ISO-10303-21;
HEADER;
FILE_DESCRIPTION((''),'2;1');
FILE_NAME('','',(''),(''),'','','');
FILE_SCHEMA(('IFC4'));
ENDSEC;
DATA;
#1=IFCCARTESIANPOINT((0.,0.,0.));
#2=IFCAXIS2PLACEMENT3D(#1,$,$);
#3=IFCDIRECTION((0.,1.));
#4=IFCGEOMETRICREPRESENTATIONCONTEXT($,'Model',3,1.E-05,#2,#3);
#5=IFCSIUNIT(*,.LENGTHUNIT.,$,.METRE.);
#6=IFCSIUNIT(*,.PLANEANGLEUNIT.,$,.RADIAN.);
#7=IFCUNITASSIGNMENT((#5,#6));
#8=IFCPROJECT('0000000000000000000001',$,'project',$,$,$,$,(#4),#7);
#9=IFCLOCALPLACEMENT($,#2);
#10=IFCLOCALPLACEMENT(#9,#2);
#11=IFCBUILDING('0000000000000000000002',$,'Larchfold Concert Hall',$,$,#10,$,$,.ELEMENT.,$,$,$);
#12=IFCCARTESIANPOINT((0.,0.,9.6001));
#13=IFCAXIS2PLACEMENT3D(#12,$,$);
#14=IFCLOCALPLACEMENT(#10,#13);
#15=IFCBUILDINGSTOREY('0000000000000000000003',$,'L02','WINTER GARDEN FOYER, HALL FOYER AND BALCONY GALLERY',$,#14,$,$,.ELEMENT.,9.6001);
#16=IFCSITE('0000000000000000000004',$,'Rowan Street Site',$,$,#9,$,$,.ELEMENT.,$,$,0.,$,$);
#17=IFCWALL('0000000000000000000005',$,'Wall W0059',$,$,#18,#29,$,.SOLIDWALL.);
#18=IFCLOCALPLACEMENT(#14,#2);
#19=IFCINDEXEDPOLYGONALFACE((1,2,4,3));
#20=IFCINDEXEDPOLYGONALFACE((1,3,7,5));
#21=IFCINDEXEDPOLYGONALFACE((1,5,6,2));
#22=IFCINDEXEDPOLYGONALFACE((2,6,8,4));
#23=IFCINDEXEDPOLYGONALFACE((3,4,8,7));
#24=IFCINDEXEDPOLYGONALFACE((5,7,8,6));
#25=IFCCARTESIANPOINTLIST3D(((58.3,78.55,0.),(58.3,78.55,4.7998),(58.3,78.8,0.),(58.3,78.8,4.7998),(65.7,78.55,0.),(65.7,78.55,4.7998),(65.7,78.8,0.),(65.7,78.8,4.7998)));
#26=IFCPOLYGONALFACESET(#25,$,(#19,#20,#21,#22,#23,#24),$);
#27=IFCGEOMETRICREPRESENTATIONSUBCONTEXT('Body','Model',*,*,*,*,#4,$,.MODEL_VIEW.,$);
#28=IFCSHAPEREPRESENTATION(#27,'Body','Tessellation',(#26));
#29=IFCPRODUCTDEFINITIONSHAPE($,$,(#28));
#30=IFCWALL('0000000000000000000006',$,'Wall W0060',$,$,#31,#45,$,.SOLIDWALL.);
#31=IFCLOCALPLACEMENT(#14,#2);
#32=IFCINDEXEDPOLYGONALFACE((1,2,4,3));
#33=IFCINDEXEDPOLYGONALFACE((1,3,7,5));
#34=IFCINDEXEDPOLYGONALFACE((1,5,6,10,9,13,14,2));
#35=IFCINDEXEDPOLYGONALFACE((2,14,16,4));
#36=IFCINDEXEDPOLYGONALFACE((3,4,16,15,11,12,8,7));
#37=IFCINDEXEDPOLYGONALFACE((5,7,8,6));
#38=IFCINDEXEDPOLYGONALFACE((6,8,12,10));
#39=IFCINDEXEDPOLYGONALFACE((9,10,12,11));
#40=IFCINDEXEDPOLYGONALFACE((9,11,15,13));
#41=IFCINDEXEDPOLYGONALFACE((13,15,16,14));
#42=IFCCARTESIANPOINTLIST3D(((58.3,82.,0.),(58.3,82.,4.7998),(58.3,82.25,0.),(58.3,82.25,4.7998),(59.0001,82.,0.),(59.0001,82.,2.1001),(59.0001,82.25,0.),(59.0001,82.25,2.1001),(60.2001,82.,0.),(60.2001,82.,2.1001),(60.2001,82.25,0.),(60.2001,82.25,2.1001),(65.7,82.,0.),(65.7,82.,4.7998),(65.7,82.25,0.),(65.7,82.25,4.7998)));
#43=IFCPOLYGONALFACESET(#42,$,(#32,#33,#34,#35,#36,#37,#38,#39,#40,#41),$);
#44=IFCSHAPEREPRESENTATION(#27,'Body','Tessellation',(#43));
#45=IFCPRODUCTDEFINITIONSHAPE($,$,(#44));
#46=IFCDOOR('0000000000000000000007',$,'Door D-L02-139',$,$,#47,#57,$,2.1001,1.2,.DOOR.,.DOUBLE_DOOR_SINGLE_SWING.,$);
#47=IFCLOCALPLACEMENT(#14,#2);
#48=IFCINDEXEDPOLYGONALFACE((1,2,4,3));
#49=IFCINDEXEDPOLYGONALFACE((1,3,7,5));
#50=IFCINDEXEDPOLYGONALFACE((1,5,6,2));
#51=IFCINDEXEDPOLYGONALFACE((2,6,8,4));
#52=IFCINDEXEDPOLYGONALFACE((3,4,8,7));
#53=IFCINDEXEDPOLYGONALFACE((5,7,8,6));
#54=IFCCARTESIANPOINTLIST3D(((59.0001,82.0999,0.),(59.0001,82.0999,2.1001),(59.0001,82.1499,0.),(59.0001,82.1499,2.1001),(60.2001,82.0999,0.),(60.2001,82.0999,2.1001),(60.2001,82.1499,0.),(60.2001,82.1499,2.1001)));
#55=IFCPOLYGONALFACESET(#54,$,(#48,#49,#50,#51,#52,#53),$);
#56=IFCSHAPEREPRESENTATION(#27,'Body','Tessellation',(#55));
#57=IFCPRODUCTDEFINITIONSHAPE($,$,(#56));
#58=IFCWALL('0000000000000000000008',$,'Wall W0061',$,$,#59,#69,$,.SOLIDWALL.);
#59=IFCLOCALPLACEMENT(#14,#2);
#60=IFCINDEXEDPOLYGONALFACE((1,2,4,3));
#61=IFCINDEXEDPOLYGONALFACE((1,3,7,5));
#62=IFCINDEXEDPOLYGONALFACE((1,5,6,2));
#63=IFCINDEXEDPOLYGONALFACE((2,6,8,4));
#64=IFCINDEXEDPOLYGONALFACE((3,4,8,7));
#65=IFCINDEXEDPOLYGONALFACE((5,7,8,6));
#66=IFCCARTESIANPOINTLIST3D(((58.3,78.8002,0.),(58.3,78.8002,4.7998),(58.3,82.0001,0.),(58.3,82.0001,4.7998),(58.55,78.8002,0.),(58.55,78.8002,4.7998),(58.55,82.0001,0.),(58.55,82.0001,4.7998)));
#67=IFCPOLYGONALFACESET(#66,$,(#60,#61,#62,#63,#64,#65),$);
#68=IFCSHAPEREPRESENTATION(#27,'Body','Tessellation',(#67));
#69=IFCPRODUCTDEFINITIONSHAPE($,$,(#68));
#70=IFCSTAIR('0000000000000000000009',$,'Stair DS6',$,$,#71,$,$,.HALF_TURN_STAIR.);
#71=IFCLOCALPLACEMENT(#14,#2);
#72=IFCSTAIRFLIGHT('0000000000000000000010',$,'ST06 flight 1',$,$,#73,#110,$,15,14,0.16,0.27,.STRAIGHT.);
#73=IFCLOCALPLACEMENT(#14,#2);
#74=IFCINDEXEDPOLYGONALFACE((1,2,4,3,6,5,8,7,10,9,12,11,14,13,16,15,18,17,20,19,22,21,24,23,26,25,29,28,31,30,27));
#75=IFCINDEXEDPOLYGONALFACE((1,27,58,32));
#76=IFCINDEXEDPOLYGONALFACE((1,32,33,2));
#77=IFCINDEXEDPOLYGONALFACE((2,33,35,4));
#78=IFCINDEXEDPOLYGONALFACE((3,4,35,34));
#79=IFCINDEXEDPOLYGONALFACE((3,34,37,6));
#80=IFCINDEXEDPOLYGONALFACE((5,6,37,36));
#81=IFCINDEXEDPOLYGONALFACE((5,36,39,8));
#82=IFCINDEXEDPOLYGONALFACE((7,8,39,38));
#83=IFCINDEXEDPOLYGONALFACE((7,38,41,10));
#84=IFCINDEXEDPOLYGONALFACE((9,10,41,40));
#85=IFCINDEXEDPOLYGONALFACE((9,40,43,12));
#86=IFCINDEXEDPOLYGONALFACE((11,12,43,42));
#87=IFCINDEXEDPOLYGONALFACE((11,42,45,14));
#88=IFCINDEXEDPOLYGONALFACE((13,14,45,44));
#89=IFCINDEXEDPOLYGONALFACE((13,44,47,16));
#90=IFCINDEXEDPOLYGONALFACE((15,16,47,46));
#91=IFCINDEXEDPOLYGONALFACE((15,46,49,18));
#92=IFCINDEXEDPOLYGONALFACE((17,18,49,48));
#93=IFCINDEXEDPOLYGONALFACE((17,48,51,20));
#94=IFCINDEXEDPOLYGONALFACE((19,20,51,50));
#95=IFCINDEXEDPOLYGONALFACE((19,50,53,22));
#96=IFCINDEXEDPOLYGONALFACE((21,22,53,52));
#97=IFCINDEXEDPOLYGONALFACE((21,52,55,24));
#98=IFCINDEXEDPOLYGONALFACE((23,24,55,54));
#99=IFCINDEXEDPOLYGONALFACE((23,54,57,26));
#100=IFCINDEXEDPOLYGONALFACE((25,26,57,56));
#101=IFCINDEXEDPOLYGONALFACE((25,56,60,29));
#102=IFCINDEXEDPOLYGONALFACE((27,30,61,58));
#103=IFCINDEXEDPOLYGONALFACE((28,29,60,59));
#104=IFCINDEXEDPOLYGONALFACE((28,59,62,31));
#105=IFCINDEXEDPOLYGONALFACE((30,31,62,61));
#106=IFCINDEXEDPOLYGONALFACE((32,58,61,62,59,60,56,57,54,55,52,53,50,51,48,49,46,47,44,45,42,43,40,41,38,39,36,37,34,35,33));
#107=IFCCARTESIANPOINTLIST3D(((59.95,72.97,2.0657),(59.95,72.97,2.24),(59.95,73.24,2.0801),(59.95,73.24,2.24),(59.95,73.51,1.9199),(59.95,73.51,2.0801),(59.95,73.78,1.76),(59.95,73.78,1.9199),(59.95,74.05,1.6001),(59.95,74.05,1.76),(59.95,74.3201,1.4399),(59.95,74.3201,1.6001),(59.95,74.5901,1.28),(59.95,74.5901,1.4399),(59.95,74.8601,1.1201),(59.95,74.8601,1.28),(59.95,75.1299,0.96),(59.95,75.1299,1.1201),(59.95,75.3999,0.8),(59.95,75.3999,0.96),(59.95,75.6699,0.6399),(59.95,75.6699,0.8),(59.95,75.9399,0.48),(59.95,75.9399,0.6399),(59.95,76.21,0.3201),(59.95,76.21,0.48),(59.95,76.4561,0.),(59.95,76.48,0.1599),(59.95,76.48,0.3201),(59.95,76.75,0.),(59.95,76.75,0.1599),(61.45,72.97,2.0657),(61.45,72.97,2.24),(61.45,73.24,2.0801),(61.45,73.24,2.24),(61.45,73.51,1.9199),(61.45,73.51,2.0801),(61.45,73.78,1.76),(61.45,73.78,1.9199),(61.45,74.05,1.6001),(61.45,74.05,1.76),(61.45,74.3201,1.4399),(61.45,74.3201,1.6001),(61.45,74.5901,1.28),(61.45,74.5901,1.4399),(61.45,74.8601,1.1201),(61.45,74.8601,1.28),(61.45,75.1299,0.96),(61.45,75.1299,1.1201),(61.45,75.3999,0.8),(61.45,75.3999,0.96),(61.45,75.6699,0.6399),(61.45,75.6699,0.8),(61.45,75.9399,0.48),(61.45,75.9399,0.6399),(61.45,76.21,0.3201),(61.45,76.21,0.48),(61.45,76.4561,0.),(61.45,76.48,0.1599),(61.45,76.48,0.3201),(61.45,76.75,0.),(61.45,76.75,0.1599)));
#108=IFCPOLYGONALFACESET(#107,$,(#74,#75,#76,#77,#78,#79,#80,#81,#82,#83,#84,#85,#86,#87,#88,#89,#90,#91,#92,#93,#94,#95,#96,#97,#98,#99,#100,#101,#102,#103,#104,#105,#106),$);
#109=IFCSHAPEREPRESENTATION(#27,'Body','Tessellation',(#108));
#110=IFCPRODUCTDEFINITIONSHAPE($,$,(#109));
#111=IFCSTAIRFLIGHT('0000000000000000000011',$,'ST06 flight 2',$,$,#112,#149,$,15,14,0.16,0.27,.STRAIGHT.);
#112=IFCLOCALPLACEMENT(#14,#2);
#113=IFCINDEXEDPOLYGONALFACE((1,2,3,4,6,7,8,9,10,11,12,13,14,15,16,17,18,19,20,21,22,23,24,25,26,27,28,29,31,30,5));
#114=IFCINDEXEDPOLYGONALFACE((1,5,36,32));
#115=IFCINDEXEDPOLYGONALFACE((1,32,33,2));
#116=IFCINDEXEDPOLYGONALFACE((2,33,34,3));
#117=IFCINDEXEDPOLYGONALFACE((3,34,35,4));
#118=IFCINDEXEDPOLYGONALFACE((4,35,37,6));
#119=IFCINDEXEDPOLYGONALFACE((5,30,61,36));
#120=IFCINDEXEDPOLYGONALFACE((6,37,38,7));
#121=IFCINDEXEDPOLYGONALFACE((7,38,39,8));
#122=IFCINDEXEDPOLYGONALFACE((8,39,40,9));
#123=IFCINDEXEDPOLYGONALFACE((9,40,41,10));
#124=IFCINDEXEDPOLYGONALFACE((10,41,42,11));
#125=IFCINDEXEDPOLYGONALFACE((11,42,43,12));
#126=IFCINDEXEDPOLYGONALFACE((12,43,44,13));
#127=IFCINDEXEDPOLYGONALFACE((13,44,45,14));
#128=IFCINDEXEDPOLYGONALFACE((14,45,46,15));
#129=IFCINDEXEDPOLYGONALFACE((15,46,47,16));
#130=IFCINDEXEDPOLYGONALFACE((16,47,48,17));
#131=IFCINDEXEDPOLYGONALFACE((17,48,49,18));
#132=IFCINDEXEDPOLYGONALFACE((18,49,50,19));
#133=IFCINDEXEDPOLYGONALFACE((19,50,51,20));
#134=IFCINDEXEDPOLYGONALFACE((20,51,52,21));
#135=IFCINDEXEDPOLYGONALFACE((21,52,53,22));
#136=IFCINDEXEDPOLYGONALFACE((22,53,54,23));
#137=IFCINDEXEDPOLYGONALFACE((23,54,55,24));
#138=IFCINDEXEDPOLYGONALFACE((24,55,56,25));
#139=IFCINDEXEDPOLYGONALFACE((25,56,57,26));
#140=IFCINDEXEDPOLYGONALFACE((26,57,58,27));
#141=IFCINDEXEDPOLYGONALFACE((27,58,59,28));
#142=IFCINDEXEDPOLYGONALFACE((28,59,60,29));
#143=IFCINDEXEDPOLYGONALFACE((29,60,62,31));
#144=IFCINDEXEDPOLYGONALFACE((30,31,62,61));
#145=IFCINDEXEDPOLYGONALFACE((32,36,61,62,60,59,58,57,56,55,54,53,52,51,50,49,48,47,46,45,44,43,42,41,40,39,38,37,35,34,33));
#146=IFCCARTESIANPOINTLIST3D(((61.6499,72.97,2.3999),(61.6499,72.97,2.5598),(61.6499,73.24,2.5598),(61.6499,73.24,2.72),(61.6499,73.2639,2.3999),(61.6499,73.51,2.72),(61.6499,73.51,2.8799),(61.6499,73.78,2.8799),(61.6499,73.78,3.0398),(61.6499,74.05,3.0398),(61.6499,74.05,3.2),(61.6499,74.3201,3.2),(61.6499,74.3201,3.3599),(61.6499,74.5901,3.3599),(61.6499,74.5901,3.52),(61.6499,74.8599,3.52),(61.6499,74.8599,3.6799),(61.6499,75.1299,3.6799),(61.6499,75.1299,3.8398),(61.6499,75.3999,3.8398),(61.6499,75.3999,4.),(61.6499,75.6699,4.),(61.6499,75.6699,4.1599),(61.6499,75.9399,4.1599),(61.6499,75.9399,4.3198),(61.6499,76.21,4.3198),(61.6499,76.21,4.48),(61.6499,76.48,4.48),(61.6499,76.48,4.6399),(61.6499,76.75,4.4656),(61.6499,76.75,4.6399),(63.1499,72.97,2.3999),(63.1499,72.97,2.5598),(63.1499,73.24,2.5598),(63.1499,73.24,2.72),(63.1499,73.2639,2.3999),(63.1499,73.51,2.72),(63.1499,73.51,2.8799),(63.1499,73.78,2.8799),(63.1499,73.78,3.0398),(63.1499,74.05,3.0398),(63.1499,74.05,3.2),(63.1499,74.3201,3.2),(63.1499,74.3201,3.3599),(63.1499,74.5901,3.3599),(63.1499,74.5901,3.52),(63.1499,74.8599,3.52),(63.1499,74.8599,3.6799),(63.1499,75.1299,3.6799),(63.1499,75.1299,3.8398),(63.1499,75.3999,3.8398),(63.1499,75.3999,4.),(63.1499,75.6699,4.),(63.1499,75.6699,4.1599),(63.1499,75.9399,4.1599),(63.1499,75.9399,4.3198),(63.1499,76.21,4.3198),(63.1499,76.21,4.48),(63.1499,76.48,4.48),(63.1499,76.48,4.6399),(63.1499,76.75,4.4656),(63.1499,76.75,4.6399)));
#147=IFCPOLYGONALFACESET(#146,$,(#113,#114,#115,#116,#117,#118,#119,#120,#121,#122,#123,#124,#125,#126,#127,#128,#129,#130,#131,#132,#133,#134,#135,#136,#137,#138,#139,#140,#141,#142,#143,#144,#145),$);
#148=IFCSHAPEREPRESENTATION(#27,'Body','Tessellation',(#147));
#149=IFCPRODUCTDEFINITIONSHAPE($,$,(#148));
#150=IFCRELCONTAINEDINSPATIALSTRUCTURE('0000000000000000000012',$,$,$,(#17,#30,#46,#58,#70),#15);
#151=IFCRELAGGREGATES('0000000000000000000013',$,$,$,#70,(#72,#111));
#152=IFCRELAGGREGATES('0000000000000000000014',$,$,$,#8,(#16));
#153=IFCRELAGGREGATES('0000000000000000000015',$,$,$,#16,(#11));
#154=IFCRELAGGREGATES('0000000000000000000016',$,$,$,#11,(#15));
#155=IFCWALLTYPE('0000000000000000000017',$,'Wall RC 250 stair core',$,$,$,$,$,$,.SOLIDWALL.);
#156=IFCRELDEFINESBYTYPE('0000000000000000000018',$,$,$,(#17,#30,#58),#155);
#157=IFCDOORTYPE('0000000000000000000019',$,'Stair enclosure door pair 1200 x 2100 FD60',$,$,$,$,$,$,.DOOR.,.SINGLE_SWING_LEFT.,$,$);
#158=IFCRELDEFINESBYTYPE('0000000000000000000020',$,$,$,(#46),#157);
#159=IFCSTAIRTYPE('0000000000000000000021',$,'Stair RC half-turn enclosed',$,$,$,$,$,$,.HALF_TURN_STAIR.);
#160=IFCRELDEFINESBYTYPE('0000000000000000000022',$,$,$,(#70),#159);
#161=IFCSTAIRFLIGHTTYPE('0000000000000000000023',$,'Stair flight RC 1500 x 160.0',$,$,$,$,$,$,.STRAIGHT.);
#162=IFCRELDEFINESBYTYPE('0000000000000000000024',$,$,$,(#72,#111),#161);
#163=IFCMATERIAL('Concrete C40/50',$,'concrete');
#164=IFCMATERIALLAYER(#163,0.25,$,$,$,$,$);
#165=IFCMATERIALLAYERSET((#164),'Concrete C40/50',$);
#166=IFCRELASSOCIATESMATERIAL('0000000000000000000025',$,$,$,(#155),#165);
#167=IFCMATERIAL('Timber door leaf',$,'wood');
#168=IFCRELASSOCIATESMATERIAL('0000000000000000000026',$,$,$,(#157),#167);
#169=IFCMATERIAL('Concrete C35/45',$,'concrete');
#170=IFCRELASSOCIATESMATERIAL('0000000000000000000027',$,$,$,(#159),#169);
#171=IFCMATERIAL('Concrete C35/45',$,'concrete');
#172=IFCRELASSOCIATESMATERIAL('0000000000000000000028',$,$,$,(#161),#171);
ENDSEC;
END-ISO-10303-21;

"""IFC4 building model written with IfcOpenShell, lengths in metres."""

from ifc_helpers import new_model, si_unit, direction, frame, frame_2d, origin, place, context, subcontext, project, spatial, polyline, rectangle, outline, extrude, material, layer, layer_set, type_object, element, fill, aggregate, save


model = new_model("IFC4")

# Units and contexts
model_context = context("Model", 3, precision=1e-05, world=origin(), true_north=direction((0.0, 1.0)))
body_context = subcontext(model_context, "Body", "Model", "MODEL_VIEW")
ifc_project = project(units=[si_unit("LENGTHUNIT", "METRE"), si_unit("PLANEANGLEUNIT", "RADIAN")], contexts=[model_context])

# Site, building, storey
site_placement = place(None, origin())
site = spatial("IfcSite", under=ifc_project, at=site_placement, Name="Rowan Street Site", CompositionType="ELEMENT", RefElevation=0.0)
building_placement = place(site_placement, origin())
building = spatial("IfcBuilding", under=site, at=building_placement, Name="Larchfold Concert Hall", CompositionType="ELEMENT")
storey_placement = place(building_placement, frame((0.0, 0.0, 9.6001)))
storey = spatial("IfcBuildingStorey", under=building, at=storey_placement, Name="L02", Description="WINTER GARDEN FOYER, HALL FOYER AND BALCONY GALLERY", CompositionType="ELEMENT", Elevation=9.6001)

# Shared definitions
ifc_material_1 = material(Name="Concrete C40/50", Category="concrete")
ifc_layer_1 = layer(ifc_material_1, 0.25)
ifc_layer_set_1 = layer_set([ifc_layer_1], Name="Concrete C40/50")
wall_type_1 = type_object("IfcWallType", Name="Wall RC 250 stair core", PredefinedType="SOLIDWALL", material=ifc_layer_set_1)

# Shared definitions
ifc_material_2 = material(Name="Timber door leaf", Category="wood")
door_type_1 = type_object("IfcDoorType", Name="Stair enclosure door pair 1200 x 2100 FD60", OperationType="SINGLE_SWING_LEFT", PredefinedType="DOOR", material=ifc_material_2)

# Wall
wall_1_placement = place(storey_placement, frame((58.3, 78.675, 0.0), z_axis=(0.0, 0.0, 1.0), x_axis=(1.0, 0.0, 0.0)))
element("IfcWall", 1, at=wall_1_placement, inside=storey, type_object=wall_type_1, Name="Wall W0059", PredefinedType="SOLIDWALL", context=body_context, shape_type="SweptSolid", body=[
    extrude(rectangle(XDim=7.3999, YDim=0.25, at=frame_2d((3.7, 0.0))), origin(), (0.0, 0.0, 1.0), 4.7998),
])

# Wall, opening, door
wall_2_placement = place(storey_placement, frame((58.3, 82.125, 0.0), z_axis=(0.0, 0.0, 1.0), x_axis=(1.0, 0.0, 0.0)))
wall_2 = element("IfcWall", 2, at=wall_2_placement, inside=storey, type_object=wall_type_1, Name="Wall W0060", PredefinedType="SOLIDWALL", context=body_context, shape_type="SweptSolid", body=[
    extrude(rectangle(XDim=7.3999, YDim=0.25, at=frame_2d((3.7, 0.0))), origin(), (0.0, 0.0, 1.0), 4.7998),
])
opening_1_placement = place(wall_2_placement, frame((0.7, 0.0, 0.0)))
opening_1 = element("IfcOpeningElement", 3, at=opening_1_placement, cuts=wall_2, PredefinedType="OPENING", context=body_context, shape_type="SweptSolid", body=[
    extrude(rectangle(XDim=1.2, YDim=2.1001, at=frame_2d((0.6001, 1.05))), frame((0.0, 0.135, 0.0), z_axis=(0.0, -1.0, 0.0), x_axis=(1.0, 0.0, 0.0)), (0.0, 0.0, 1.0), 0.27),
])
door_1_placement = place(opening_1_placement, origin())
door_1 = element("IfcDoor", 4, at=door_1_placement, inside=storey, type_object=door_type_1, Name="Door D-L02-139", OperationType="DOUBLE_DOOR_SINGLE_SWING", OverallHeight=2.1001, OverallWidth=1.2, PredefinedType="DOOR", context=body_context, shape_type="SweptSolid", body=[
    extrude(rectangle(XDim=1.2, YDim=2.1001, at=frame_2d((0.6001, 1.05))), frame((0.0, 0.0249, 0.0), z_axis=(0.0, -1.0, 0.0), x_axis=(1.0, 0.0, 0.0)), (0.0, 0.0, 1.0), 0.05),
])
fill(opening_1, door_1)

# Wall
wall_3_placement = place(storey_placement, frame((58.425, 78.8, 0.0), z_axis=(0.0, 0.0, 1.0), x_axis=(0.0, 1.0, 0.0)))
element("IfcWall", 5, at=wall_3_placement, inside=storey, type_object=wall_type_1, Name="Wall W0061", PredefinedType="SOLIDWALL", context=body_context, shape_type="SweptSolid", body=[
    extrude(rectangle(XDim=3.2, YDim=0.25, at=frame_2d((1.6001, 0.0))), origin(), (0.0, 0.0, 1.0), 4.7998),
])

# Stair, stair flights
ifc_material_3 = material(Name="Concrete C35/45", Category="concrete")
stair_type = type_object("IfcStairType", Name="Stair RC half-turn enclosed", PredefinedType="HALF_TURN_STAIR", material=ifc_material_3)
stair_1_placement = place(storey_placement, origin())
stair_1 = element("IfcStair", 6, at=stair_1_placement, inside=storey, type_object=stair_type, Name="Stair DS6", PredefinedType="HALF_TURN_STAIR")
ifc_material_4 = material(Name="Concrete C35/45", Category="concrete")
stair_flight_type_1 = type_object("IfcStairFlightType", Name="Stair flight RC 1500 x 160.0", PredefinedType="STRAIGHT", material=ifc_material_4)
stair_flight_1_placement = place(storey_placement, frame((60.7, 76.75, 0.0), z_axis=(0.0, 0.0, 1.0), x_axis=(0.0, -1.0, 0.0)))
stair_flight_1 = element("IfcStairFlight", 7, at=stair_flight_1_placement, type_object=stair_flight_type_1, Name="ST06 flight 1", NumberOfRisers=15, NumberOfTreads=14, PredefinedType="STRAIGHT", RiserHeight=0.16, TreadLength=0.27, context=body_context, shape_type="SweptSolid", body=[
    extrude(outline(polyline([(0.0, 0.0), (0.0, 0.1599), (0.27, 0.1599), (0.27, 0.3201), (0.54, 0.3201), (0.54, 0.48), (0.8101, 0.48), (0.8101, 0.6399), (1.0801, 0.6399), (1.0801, 0.8), (1.3501, 0.8), (1.3501, 0.96), (1.6201, 0.96), (1.6201, 1.1201), (1.8899, 1.1201), (1.8899, 1.28), (2.1599, 1.28), (2.1599, 1.4399), (2.4299, 1.4399), (2.4299, 1.6001), (2.7, 1.6001), (2.7, 1.76), (2.97, 1.76), (2.97, 1.9199), (3.24, 1.9199), (3.24, 2.0801), (3.51, 2.0801), (3.51, 2.24), (3.78, 2.24), (3.78, 2.3999), (3.78, 2.0657), (0.2939, 0.0), (0.0, 0.0)])), frame((0.0, 0.75, 0.0), z_axis=(0.0, -1.0, 0.0), x_axis=(1.0, 0.0, 0.0)), (0.0, 0.0, 1.0), 1.5),
])
stair_flight_2_placement = place(storey_placement, frame((62.3999, 72.97, 2.3999), z_axis=(0.0, 0.0, 1.0), x_axis=(0.0, 1.0, 0.0)))
stair_flight_2 = element("IfcStairFlight", 8, at=stair_flight_2_placement, type_object=stair_flight_type_1, Name="ST06 flight 2", NumberOfRisers=15, NumberOfTreads=14, PredefinedType="STRAIGHT", RiserHeight=0.16, TreadLength=0.27, context=body_context, shape_type="SweptSolid", body=[
    extrude(outline(polyline([(0.0, 0.0), (0.0, 0.1599), (0.27, 0.1599), (0.27, 0.3201), (0.54, 0.3201), (0.54, 0.48), (0.8101, 0.48), (0.8101, 0.6399), (1.0801, 0.6399), (1.0801, 0.8), (1.3501, 0.8), (1.3501, 0.96), (1.6201, 0.96), (1.6201, 1.1201), (1.8899, 1.1201), (1.8899, 1.28), (2.1599, 1.28), (2.1599, 1.4399), (2.4299, 1.4399), (2.4299, 1.6001), (2.7, 1.6001), (2.7, 1.76), (2.97, 1.76), (2.97, 1.9199), (3.24, 1.9199), (3.24, 2.0801), (3.51, 2.0801), (3.51, 2.24), (3.78, 2.24), (3.78, 2.3999), (3.78, 2.0657), (0.2939, 0.0), (0.0, 0.0)])), frame((0.0, 0.75, 0.0), z_axis=(0.0, -1.0, 0.0), x_axis=(1.0, 0.0, 0.0)), (0.0, 0.0, 1.0), 1.5),
])
aggregate(stair_1, [stair_flight_1, stair_flight_2])

save(model, "model.ifc")
